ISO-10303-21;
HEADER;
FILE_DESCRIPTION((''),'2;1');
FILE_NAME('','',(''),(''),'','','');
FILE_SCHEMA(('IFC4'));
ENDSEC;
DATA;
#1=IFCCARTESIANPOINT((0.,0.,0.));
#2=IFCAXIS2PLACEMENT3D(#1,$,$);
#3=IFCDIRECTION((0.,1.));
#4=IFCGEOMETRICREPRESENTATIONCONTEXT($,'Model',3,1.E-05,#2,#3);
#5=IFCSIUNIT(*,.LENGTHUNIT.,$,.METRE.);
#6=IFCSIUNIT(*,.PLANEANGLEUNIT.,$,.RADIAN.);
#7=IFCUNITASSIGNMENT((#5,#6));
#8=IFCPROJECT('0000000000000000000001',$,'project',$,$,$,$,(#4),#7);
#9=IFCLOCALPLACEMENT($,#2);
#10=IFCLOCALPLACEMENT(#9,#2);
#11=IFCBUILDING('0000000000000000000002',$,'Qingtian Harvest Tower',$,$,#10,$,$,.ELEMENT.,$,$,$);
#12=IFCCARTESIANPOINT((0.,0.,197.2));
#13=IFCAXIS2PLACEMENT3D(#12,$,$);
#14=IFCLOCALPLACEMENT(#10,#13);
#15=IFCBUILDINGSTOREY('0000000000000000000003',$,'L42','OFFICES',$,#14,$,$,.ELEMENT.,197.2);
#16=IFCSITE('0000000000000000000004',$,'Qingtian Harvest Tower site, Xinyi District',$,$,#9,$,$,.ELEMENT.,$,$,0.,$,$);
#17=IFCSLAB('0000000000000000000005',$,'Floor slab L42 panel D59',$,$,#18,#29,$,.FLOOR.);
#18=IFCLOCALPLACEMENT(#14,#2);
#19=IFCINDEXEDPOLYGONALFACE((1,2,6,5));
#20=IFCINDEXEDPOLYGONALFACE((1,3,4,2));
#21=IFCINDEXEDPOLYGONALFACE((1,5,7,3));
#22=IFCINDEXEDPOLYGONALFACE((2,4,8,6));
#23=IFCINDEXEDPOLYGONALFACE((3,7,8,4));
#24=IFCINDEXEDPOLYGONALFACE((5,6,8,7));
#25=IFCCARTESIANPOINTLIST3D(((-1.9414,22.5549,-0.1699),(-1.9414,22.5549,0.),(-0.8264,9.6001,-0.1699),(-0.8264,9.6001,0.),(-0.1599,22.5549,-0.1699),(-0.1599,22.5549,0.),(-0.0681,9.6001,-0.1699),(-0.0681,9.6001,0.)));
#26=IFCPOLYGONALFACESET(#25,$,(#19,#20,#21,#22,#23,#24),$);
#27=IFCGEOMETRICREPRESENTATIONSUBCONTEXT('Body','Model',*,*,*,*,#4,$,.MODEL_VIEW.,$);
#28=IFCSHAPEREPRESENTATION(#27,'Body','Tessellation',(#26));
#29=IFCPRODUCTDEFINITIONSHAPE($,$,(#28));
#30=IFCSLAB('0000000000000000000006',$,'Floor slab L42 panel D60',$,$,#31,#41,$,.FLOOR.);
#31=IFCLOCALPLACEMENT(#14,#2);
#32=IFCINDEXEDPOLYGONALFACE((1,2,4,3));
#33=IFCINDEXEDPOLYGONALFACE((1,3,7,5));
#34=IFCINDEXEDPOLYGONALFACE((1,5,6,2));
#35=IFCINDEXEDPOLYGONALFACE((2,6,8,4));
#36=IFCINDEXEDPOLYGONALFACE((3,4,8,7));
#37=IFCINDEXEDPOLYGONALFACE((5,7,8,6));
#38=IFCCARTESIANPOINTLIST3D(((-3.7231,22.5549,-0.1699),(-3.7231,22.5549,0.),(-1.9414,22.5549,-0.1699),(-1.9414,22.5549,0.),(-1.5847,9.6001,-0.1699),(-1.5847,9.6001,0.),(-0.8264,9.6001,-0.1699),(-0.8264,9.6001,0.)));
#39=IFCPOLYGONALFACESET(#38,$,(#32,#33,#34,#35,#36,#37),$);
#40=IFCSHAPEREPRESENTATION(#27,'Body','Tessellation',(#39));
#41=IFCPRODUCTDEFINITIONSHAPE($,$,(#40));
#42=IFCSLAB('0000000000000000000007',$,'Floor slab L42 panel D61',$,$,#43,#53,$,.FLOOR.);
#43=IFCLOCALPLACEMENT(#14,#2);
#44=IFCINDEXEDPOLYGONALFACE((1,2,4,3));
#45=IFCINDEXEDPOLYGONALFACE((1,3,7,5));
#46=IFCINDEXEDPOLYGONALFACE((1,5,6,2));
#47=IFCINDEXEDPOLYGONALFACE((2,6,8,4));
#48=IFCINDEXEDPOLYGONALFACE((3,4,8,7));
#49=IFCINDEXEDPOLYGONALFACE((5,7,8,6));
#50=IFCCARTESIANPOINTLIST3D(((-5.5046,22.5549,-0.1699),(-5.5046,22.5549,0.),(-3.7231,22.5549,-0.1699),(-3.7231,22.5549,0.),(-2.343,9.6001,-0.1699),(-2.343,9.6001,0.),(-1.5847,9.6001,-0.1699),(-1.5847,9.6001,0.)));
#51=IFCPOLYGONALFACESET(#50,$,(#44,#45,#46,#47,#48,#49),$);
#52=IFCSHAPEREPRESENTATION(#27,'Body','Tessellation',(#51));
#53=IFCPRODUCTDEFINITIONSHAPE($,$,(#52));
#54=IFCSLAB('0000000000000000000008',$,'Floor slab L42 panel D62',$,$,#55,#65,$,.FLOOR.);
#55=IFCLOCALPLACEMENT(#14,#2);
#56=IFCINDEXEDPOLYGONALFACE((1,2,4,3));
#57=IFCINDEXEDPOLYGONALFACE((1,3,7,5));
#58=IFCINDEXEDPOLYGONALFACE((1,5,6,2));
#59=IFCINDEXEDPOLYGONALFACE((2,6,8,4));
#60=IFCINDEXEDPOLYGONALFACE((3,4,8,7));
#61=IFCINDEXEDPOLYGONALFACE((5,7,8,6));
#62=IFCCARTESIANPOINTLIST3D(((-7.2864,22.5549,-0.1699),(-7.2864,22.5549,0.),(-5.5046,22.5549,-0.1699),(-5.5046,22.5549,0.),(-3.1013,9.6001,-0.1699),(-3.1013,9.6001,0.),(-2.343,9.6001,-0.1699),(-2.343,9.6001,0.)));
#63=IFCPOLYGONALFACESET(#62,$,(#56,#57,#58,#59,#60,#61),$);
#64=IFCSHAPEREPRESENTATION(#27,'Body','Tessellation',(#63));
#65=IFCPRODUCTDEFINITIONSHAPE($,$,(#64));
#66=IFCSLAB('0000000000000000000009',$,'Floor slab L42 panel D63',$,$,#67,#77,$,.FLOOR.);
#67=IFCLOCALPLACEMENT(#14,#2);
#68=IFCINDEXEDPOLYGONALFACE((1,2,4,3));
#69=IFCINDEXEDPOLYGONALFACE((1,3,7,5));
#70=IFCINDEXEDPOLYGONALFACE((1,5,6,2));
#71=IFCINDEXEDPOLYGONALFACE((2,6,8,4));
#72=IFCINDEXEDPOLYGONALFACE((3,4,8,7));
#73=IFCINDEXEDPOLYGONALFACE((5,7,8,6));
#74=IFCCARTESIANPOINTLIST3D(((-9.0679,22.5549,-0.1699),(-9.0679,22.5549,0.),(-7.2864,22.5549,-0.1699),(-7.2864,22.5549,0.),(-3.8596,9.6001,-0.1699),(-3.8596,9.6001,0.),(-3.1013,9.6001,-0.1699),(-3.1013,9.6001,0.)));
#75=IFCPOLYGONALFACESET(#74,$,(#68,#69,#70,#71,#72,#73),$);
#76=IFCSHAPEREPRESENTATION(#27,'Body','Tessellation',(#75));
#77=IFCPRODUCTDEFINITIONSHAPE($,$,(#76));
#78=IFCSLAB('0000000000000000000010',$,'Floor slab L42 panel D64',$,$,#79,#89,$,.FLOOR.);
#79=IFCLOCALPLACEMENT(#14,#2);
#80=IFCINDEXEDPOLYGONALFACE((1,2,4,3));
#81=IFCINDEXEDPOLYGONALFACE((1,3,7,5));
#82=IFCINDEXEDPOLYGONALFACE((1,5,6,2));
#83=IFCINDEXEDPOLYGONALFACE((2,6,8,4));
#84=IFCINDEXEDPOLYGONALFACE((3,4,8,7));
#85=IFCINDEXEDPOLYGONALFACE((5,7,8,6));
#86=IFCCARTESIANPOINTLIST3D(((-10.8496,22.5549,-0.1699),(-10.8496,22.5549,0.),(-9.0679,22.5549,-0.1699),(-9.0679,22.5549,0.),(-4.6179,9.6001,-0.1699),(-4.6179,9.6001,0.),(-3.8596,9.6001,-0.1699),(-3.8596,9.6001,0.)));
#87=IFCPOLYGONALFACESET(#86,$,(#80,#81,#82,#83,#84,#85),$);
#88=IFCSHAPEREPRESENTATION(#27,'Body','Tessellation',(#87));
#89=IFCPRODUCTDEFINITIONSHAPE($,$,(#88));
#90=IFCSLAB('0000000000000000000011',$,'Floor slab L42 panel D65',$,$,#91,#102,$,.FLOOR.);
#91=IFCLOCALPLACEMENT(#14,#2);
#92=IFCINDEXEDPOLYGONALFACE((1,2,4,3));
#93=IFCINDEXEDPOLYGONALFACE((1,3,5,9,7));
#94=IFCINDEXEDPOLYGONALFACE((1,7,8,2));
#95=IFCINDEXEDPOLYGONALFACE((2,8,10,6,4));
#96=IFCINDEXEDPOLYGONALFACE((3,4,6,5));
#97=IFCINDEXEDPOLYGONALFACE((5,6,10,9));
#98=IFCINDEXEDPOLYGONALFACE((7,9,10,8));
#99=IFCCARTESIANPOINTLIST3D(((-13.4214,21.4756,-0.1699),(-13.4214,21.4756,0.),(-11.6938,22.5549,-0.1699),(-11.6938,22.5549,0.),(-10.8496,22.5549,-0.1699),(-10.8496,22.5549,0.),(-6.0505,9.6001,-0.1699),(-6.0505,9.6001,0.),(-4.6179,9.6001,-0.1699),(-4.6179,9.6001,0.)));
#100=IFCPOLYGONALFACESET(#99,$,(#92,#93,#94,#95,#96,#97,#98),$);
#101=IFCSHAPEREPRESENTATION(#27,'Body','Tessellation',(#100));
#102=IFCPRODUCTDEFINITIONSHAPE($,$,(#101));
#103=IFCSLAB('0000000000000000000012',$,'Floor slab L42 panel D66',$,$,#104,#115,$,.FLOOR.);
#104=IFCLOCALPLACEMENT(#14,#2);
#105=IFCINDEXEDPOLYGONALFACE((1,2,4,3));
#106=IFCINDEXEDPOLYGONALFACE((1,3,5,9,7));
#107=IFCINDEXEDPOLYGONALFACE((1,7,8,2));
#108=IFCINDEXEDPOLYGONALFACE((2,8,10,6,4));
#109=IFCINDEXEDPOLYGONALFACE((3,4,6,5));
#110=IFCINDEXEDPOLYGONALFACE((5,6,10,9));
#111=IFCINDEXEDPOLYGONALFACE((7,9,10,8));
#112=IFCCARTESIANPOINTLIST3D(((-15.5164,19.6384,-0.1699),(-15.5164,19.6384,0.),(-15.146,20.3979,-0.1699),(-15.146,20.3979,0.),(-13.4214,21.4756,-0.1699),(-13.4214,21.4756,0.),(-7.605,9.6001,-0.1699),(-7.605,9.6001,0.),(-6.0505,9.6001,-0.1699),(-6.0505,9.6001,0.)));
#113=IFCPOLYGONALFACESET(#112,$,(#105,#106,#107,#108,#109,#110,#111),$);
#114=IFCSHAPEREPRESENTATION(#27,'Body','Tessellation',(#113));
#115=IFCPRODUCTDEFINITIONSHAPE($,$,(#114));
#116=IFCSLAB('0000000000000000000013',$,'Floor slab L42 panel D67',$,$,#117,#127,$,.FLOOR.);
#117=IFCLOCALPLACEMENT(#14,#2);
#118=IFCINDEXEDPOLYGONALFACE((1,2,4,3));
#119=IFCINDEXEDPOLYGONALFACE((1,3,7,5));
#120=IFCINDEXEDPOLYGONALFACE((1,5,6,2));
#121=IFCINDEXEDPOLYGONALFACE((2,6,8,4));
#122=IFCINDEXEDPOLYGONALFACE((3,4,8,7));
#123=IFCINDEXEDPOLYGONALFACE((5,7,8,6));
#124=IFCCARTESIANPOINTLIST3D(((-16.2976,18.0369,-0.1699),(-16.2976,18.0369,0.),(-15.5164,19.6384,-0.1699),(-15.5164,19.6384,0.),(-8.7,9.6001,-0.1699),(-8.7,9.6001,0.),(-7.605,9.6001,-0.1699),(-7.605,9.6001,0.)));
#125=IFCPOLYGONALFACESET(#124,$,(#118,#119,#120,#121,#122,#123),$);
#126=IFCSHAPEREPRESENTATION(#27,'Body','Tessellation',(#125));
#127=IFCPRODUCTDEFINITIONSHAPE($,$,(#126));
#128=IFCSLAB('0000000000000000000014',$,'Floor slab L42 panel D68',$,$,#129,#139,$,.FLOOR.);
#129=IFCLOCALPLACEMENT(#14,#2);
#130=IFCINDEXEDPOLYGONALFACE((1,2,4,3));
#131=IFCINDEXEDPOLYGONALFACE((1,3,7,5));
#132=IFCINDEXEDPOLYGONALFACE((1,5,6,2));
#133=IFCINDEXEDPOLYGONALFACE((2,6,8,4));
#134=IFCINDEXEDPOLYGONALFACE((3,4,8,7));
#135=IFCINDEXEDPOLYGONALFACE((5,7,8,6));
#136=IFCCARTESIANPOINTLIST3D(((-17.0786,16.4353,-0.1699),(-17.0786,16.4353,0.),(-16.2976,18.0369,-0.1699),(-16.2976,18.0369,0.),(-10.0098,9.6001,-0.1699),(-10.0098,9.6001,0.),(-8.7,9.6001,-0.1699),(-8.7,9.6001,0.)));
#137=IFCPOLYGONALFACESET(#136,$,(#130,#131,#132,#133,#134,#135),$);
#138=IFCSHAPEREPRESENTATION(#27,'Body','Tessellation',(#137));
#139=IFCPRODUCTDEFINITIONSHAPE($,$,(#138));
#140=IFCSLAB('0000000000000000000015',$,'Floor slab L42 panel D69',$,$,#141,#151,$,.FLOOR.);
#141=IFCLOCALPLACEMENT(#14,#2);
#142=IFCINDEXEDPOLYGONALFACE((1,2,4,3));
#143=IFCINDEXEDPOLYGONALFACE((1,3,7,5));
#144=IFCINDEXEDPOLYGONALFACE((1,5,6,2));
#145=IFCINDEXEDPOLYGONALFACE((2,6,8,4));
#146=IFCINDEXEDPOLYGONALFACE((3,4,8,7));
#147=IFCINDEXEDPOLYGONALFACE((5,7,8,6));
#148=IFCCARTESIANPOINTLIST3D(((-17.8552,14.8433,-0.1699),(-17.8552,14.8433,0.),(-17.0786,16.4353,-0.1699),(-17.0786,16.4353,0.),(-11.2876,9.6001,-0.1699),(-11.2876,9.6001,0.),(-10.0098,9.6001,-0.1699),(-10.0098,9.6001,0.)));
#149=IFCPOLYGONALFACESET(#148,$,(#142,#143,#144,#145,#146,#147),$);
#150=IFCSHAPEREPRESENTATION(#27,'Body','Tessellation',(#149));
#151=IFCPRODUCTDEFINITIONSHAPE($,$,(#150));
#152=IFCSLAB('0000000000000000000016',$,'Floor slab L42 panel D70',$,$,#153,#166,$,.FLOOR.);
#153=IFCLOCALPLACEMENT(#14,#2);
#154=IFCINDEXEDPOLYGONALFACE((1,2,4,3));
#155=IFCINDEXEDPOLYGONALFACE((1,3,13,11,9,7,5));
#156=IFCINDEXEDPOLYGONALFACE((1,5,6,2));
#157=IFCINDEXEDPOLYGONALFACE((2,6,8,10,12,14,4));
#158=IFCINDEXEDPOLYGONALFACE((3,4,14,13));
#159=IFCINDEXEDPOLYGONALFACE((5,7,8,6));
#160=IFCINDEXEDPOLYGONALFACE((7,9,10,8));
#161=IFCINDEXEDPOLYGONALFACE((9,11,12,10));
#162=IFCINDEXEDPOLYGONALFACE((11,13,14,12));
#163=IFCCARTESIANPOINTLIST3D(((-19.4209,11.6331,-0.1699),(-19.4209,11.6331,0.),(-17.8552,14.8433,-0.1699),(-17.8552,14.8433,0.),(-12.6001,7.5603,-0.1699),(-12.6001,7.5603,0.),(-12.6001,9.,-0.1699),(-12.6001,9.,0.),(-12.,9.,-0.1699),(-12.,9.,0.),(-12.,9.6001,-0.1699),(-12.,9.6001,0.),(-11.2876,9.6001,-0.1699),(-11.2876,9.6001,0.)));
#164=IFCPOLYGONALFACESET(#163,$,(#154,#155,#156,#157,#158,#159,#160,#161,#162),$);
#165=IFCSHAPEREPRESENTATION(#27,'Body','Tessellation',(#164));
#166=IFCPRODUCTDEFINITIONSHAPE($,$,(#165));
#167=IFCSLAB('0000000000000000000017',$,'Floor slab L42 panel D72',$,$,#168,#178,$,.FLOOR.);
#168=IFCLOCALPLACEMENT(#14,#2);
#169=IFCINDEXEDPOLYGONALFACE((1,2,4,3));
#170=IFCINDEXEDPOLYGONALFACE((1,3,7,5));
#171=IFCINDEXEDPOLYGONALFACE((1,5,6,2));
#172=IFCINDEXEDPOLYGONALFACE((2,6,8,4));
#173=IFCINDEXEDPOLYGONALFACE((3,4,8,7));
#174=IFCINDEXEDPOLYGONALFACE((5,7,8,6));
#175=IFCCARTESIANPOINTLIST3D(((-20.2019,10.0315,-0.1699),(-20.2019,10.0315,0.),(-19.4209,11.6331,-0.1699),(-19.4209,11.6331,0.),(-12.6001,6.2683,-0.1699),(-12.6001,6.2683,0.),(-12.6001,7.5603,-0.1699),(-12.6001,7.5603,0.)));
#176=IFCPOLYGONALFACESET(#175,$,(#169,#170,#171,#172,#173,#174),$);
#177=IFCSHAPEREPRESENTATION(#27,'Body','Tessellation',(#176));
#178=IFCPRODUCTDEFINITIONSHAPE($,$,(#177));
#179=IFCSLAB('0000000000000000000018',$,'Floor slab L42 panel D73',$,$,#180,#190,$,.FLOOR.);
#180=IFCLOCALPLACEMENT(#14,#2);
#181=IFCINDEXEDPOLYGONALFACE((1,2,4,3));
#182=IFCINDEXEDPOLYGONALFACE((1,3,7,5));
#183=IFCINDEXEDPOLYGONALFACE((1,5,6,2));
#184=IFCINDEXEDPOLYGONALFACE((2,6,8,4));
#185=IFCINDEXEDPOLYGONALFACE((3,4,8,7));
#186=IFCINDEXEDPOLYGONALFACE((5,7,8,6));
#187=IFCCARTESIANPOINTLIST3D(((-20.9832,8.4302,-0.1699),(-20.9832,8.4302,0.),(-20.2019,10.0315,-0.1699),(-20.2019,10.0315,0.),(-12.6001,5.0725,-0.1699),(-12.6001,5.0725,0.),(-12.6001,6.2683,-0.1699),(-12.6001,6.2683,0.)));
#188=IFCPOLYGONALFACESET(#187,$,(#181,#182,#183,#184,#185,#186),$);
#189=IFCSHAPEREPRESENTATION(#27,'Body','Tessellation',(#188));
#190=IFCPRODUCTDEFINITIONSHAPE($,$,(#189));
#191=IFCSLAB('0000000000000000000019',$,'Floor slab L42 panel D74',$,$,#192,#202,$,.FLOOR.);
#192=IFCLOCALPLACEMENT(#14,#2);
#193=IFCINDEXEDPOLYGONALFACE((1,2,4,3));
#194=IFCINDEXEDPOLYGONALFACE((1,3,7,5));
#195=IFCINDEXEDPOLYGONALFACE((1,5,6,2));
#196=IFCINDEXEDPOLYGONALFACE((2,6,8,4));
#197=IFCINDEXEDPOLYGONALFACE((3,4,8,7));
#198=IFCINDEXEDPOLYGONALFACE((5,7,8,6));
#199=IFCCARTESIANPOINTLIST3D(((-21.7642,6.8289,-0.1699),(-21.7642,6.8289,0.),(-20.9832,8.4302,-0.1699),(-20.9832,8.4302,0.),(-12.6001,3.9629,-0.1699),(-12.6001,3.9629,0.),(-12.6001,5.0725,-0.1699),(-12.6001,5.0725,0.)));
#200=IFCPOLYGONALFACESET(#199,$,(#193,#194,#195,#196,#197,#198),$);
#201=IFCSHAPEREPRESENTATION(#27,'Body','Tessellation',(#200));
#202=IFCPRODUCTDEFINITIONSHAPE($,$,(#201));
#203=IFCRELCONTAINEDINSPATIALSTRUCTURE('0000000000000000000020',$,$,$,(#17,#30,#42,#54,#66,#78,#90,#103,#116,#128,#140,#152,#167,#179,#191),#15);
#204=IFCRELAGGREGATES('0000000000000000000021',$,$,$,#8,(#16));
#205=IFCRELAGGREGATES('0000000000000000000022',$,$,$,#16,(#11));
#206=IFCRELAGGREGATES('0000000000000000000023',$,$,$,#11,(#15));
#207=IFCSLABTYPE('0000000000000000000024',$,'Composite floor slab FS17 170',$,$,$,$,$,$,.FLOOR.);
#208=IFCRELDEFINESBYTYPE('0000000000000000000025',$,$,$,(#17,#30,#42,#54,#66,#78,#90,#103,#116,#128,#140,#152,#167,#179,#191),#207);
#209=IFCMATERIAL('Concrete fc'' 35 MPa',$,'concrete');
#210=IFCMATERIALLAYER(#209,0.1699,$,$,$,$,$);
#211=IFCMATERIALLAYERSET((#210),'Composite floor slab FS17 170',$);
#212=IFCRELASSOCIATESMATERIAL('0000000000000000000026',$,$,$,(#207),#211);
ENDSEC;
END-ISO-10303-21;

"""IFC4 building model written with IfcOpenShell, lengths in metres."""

from ifc_helpers import new_model, si_unit, direction, frame, origin, place, context, subcontext, project, spatial, polyline, outline, extrude, material, layer, layer_set, type_object, element, save


model = new_model("IFC4")

# Units and contexts
model_context = context("Model", 3, precision=1e-05, world=origin(), true_north=direction((0.0, 1.0)))
body_context = subcontext(model_context, "Body", "Model", "MODEL_VIEW")
ifc_project = project(units=[si_unit("LENGTHUNIT", "METRE"), si_unit("PLANEANGLEUNIT", "RADIAN")], contexts=[model_context])

# Site, building, storey
site_placement = place(None, origin())
site = spatial("IfcSite", under=ifc_project, at=site_placement, Name="Qingtian Harvest Tower site, Xinyi District", CompositionType="ELEMENT", RefElevation=0.0)
building_placement = place(site_placement, origin())
building = spatial("IfcBuilding", under=site, at=building_placement, Name="Qingtian Harvest Tower", CompositionType="ELEMENT")
storey_placement = place(building_placement, frame((0.0, 0.0, 197.2)))
storey = spatial("IfcBuildingStorey", under=building, at=storey_placement, Name="L42", Description="OFFICES", CompositionType="ELEMENT", Elevation=197.2)

# Slabs
ifc_material_1 = material(Name="Concrete fc' 35 MPa", Category="concrete")
ifc_layer_1 = layer(ifc_material_1, 0.1699)
ifc_layer_set_1 = layer_set([ifc_layer_1], Name="Composite floor slab FS17 170")
slab_type = type_object("IfcSlabType", Name="Composite floor slab FS17 170", PredefinedType="FLOOR", material=ifc_layer_set_1)
slab_1_placement = place(storey_placement, frame((0.0, 0.0, -0.1699)))
element("IfcSlab", 1, at=slab_1_placement, inside=storey, type_object=slab_type, Name="Floor slab L42 panel D59", PredefinedType="FLOOR", context=body_context, shape_type="SweptSolid", body=[
    extrude(outline(polyline([(-0.8264, 9.6001), (-1.9414, 22.5549), (-0.1599, 22.5549), (-0.0681, 9.6001), (-0.8264, 9.6001)])), origin(), (0.0, 0.0, 1.0), 0.1699),
])
slab_2_placement = place(storey_placement, frame((0.0, 0.0, -0.1699)))
element("IfcSlab", 2, at=slab_2_placement, inside=storey, type_object=slab_type, Name="Floor slab L42 panel D60", PredefinedType="FLOOR", context=body_context, shape_type="SweptSolid", body=[
    extrude(outline(polyline([(-1.5847, 9.6001), (-3.7231, 22.5549), (-1.9414, 22.5549), (-0.8264, 9.6001), (-1.5847, 9.6001)])), origin(), (0.0, 0.0, 1.0), 0.1699),
])
slab_3_placement = place(storey_placement, frame((0.0, 0.0, -0.1699)))
element("IfcSlab", 3, at=slab_3_placement, inside=storey, type_object=slab_type, Name="Floor slab L42 panel D61", PredefinedType="FLOOR", context=body_context, shape_type="SweptSolid", body=[
    extrude(outline(polyline([(-2.343, 9.6001), (-5.5046, 22.5549), (-3.7231, 22.5549), (-1.5847, 9.6001), (-2.343, 9.6001)])), origin(), (0.0, 0.0, 1.0), 0.1699),
])
slab_4_placement = place(storey_placement, frame((0.0, 0.0, -0.1699)))
element("IfcSlab", 4, at=slab_4_placement, inside=storey, type_object=slab_type, Name="Floor slab L42 panel D62", PredefinedType="FLOOR", context=body_context, shape_type="SweptSolid", body=[
    extrude(outline(polyline([(-3.1013, 9.6001), (-7.2864, 22.5549), (-5.5046, 22.5549), (-2.343, 9.6001), (-3.1013, 9.6001)])), origin(), (0.0, 0.0, 1.0), 0.1699),
])
slab_5_placement = place(storey_placement, frame((0.0, 0.0, -0.1699)))
element("IfcSlab", 5, at=slab_5_placement, inside=storey, type_object=slab_type, Name="Floor slab L42 panel D63", PredefinedType="FLOOR", context=body_context, shape_type="SweptSolid", body=[
    extrude(outline(polyline([(-3.8596, 9.6001), (-9.0679, 22.5549), (-7.2864, 22.5549), (-3.1013, 9.6001), (-3.8596, 9.6001)])), origin(), (0.0, 0.0, 1.0), 0.1699),
])
slab_6_placement = place(storey_placement, frame((0.0, 0.0, -0.1699)))
element("IfcSlab", 6, at=slab_6_placement, inside=storey, type_object=slab_type, Name="Floor slab L42 panel D64", PredefinedType="FLOOR", context=body_context, shape_type="SweptSolid", body=[
    extrude(outline(polyline([(-4.6179, 9.6001), (-10.8496, 22.5549), (-9.0679, 22.5549), (-3.8596, 9.6001), (-4.6179, 9.6001)])), origin(), (0.0, 0.0, 1.0), 0.1699),
])
slab_7_placement = place(storey_placement, frame((0.0, 0.0, -0.1699)))
element("IfcSlab", 7, at=slab_7_placement, inside=storey, type_object=slab_type, Name="Floor slab L42 panel D65", PredefinedType="FLOOR", context=body_context, shape_type="SweptSolid", body=[
    extrude(outline(polyline([(-4.6179, 9.6001), (-6.0505, 9.6001), (-13.4214, 21.4756), (-11.6938, 22.5549), (-10.8496, 22.5549), (-4.6179, 9.6001)])), origin(), (0.0, 0.0, 1.0), 0.1699),
])
slab_8_placement = place(storey_placement, frame((0.0, 0.0, -0.1699)))
element("IfcSlab", 8, at=slab_8_placement, inside=storey, type_object=slab_type, Name="Floor slab L42 panel D66", PredefinedType="FLOOR", context=body_context, shape_type="SweptSolid", body=[
    extrude(outline(polyline([(-6.0505, 9.6001), (-7.605, 9.6001), (-15.5164, 19.6384), (-15.146, 20.3979), (-13.4214, 21.4756), (-6.0505, 9.6001)])), origin(), (0.0, 0.0, 1.0), 0.1699),
])
slab_9_placement = place(storey_placement, frame((0.0, 0.0, -0.1699)))
element("IfcSlab", 9, at=slab_9_placement, inside=storey, type_object=slab_type, Name="Floor slab L42 panel D67", PredefinedType="FLOOR", context=body_context, shape_type="SweptSolid", body=[
    extrude(outline(polyline([(-8.7, 9.6001), (-16.2976, 18.0369), (-15.5164, 19.6384), (-7.605, 9.6001), (-8.7, 9.6001)])), origin(), (0.0, 0.0, 1.0), 0.1699),
])
slab_10_placement = place(storey_placement, frame((0.0, 0.0, -0.1699)))
element("IfcSlab", 10, at=slab_10_placement, inside=storey, type_object=slab_type, Name="Floor slab L42 panel D68", PredefinedType="FLOOR", context=body_context, shape_type="SweptSolid", body=[
    extrude(outline(polyline([(-10.0098, 9.6001), (-17.0786, 16.4353), (-16.2976, 18.0369), (-8.7, 9.6001), (-10.0098, 9.6001)])), origin(), (0.0, 0.0, 1.0), 0.1699),
])
slab_11_placement = place(storey_placement, frame((0.0, 0.0, -0.1699)))
element("IfcSlab", 11, at=slab_11_placement, inside=storey, type_object=slab_type, Name="Floor slab L42 panel D69", PredefinedType="FLOOR", context=body_context, shape_type="SweptSolid", body=[
    extrude(outline(polyline([(-11.2876, 9.6001), (-17.8552, 14.8433), (-17.0786, 16.4353), (-10.0098, 9.6001), (-11.2876, 9.6001)])), origin(), (0.0, 0.0, 1.0), 0.1699),
])
slab_12_placement = place(storey_placement, frame((0.0, 0.0, -0.1699)))
element("IfcSlab", 12, at=slab_12_placement, inside=storey, type_object=slab_type, Name="Floor slab L42 panel D70", PredefinedType="FLOOR", context=body_context, shape_type="SweptSolid", body=[
    extrude(outline(polyline([(-12.0, 9.0), (-12.6001, 9.0), (-12.6001, 7.5603), (-19.4209, 11.6331), (-17.8552, 14.8433), (-11.2876, 9.6001), (-12.0, 9.6001), (-12.0, 9.0)])), origin(), (0.0, 0.0, 1.0), 0.1699),
])
slab_13_placement = place(storey_placement, frame((0.0, 0.0, -0.1699)))
element("IfcSlab", 13, at=slab_13_placement, inside=storey, type_object=slab_type, Name="Floor slab L42 panel D72", PredefinedType="FLOOR", context=body_context, shape_type="SweptSolid", body=[
    extrude(outline(polyline([(-12.6001, 6.2683), (-20.2019, 10.0315), (-19.4209, 11.6331), (-12.6001, 7.5603), (-12.6001, 6.2683)])), origin(), (0.0, 0.0, 1.0), 0.1699),
])
slab_14_placement = place(storey_placement, frame((0.0, 0.0, -0.1699)))
element("IfcSlab", 14, at=slab_14_placement, inside=storey, type_object=slab_type, Name="Floor slab L42 panel D73", PredefinedType="FLOOR", context=body_context, shape_type="SweptSolid", body=[
    extrude(outline(polyline([(-12.6001, 5.0725), (-20.9832, 8.4302), (-20.2019, 10.0315), (-12.6001, 6.2683), (-12.6001, 5.0725)])), origin(), (0.0, 0.0, 1.0), 0.1699),
])
slab_15_placement = place(storey_placement, frame((0.0, 0.0, -0.1699)))
element("IfcSlab", 15, at=slab_15_placement, inside=storey, type_object=slab_type, Name="Floor slab L42 panel D74", PredefinedType="FLOOR", context=body_context, shape_type="SweptSolid", body=[
    extrude(outline(polyline([(-12.6001, 3.9629), (-21.7642, 6.8289), (-20.9832, 8.4302), (-12.6001, 5.0725), (-12.6001, 3.9629)])), origin(), (0.0, 0.0, 1.0), 0.1699),
])

save(model, "model.ifc")
